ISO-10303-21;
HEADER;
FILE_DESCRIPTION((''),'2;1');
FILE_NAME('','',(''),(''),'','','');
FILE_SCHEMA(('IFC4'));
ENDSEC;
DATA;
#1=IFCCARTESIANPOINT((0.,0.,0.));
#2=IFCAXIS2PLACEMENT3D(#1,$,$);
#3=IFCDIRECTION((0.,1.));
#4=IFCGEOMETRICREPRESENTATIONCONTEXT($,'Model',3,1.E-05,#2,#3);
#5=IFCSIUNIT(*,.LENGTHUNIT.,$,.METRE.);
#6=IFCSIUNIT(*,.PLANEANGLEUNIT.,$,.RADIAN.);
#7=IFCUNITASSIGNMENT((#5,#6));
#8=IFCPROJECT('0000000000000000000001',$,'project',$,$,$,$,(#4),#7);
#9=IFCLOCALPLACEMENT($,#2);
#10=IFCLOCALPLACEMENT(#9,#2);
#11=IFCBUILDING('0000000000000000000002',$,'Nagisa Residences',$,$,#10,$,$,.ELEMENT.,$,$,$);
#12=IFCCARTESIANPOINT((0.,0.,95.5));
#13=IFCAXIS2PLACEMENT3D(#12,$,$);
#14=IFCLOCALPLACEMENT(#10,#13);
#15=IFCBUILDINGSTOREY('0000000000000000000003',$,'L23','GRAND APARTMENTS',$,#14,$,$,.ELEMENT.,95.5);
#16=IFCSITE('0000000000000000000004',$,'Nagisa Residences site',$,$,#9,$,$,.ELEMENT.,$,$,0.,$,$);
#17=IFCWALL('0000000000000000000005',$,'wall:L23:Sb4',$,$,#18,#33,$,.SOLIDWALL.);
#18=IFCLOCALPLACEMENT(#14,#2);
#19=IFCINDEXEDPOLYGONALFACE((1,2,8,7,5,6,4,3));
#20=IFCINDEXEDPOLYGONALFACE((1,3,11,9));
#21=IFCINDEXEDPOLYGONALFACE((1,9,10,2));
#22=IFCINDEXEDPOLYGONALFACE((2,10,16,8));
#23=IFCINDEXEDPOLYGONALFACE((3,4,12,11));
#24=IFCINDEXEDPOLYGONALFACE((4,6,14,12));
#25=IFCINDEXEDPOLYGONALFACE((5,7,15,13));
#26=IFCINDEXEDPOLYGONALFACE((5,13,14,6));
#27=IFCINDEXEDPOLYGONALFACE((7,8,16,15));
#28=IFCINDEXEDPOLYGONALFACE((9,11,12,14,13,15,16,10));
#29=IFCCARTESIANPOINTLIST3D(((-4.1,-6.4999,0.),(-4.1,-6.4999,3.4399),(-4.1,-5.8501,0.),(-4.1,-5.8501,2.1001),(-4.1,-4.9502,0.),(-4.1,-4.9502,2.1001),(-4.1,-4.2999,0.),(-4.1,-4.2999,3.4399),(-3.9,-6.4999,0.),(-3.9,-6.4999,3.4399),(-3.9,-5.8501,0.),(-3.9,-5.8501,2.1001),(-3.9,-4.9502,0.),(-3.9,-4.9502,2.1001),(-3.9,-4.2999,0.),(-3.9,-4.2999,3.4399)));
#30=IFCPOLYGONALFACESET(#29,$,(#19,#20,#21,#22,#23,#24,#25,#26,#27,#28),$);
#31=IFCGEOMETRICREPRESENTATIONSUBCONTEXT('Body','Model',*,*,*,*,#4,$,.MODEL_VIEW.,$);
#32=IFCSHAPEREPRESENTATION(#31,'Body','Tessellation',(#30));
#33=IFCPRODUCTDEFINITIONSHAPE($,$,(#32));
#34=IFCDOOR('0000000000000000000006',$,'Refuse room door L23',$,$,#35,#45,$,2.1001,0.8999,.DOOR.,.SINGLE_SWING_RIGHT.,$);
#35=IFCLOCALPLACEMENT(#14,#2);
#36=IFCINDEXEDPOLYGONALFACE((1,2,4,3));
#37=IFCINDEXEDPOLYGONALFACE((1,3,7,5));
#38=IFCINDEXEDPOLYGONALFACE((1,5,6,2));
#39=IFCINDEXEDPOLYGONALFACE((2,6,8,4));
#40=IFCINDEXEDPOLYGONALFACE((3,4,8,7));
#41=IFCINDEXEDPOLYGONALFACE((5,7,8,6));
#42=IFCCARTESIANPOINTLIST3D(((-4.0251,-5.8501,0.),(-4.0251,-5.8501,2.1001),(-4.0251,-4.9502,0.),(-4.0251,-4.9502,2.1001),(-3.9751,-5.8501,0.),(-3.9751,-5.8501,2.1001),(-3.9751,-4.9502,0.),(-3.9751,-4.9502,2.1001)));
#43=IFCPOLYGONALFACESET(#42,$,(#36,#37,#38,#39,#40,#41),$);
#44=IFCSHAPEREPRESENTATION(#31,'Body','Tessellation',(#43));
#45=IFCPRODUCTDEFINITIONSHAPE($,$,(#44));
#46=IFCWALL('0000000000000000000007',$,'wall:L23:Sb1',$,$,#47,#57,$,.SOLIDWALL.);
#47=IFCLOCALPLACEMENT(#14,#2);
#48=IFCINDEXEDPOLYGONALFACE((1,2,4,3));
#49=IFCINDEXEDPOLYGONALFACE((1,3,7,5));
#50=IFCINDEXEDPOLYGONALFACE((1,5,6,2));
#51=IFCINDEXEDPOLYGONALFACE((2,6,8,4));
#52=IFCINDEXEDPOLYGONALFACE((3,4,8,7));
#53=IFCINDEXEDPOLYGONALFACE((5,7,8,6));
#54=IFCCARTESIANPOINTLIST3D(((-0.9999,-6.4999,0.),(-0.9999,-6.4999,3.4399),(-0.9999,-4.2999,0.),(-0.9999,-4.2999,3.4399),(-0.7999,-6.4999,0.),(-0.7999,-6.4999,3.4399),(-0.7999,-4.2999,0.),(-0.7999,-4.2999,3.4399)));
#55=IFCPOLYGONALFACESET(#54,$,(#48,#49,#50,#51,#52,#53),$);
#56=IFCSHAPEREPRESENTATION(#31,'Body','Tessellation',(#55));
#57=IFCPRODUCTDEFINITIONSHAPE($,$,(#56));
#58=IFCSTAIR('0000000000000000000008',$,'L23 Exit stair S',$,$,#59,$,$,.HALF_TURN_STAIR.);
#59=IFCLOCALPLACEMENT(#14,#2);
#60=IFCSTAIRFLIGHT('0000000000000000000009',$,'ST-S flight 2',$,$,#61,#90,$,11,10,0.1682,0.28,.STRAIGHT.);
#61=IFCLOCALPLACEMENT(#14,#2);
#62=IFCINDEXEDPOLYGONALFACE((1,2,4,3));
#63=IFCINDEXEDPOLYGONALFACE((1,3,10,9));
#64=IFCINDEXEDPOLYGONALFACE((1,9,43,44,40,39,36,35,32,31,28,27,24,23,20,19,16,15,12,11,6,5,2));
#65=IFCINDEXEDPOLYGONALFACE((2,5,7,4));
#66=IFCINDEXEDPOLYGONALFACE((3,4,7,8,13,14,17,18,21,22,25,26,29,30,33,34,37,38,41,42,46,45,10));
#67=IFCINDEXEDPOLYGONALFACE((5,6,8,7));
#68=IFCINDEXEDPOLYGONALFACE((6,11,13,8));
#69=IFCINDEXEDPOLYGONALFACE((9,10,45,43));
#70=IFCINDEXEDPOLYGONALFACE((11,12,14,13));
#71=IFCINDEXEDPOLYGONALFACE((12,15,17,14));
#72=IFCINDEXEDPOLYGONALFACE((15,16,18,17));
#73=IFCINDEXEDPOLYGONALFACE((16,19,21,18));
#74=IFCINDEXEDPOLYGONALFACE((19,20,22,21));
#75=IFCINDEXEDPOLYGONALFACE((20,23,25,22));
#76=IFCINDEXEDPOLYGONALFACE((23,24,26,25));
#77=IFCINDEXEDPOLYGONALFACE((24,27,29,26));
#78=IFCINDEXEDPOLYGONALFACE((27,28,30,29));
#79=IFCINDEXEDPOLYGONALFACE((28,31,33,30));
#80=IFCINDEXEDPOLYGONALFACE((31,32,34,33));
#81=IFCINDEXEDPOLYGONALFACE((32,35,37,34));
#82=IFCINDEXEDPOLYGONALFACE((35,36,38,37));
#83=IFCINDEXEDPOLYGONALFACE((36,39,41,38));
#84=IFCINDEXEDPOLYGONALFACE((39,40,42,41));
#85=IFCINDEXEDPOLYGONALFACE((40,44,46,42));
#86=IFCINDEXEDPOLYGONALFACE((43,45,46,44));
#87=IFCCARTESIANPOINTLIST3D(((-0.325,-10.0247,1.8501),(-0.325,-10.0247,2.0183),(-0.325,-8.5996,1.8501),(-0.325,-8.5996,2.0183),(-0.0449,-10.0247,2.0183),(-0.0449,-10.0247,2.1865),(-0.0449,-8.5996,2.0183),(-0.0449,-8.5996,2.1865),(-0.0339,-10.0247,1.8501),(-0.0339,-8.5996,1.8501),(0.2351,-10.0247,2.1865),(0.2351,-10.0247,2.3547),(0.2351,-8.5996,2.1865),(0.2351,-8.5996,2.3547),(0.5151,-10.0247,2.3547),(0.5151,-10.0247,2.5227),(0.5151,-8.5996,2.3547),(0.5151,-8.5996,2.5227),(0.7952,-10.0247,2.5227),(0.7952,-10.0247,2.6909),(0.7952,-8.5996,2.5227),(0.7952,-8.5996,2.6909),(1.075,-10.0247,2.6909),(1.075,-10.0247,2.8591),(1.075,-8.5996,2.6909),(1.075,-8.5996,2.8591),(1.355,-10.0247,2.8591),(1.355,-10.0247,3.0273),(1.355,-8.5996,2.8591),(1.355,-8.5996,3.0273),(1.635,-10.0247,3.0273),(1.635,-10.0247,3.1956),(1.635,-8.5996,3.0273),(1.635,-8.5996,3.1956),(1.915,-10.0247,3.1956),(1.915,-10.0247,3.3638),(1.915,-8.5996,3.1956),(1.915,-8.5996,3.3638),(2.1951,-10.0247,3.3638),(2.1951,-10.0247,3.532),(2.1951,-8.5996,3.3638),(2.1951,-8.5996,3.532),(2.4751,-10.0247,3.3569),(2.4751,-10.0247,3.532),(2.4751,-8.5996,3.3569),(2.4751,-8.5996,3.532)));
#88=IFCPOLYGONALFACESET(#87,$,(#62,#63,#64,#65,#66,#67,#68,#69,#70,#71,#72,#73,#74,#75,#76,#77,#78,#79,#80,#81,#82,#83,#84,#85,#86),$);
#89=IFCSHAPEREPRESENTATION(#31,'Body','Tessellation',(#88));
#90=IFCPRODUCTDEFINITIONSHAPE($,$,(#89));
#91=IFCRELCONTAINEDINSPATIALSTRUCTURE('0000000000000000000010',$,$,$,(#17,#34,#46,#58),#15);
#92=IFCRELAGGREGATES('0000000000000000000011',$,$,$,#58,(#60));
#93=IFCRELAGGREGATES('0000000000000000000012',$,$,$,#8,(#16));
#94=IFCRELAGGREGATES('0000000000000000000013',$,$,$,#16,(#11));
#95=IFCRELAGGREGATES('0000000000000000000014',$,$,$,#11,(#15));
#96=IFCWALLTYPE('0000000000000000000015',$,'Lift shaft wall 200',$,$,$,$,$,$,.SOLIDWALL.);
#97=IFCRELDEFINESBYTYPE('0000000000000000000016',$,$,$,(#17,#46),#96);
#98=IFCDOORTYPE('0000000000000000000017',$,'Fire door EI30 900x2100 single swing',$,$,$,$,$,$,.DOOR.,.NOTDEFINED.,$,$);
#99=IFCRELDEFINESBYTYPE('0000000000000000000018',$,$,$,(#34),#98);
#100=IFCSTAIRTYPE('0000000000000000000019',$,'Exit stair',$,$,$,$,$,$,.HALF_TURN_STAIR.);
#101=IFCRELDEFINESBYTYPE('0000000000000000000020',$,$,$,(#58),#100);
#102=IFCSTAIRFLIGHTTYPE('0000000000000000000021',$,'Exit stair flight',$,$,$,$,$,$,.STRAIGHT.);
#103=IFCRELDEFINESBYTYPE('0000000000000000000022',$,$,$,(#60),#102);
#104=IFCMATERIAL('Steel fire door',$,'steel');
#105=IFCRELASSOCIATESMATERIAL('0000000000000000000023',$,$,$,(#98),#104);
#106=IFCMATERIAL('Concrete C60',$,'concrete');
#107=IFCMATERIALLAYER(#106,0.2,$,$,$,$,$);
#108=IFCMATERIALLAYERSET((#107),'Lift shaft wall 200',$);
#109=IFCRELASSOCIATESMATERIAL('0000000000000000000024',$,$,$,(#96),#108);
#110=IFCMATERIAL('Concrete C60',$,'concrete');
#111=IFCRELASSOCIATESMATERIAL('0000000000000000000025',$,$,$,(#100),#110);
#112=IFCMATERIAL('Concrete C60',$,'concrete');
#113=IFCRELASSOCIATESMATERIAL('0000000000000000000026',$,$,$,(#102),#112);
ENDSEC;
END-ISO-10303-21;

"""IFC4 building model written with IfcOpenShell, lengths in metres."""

from ifc_helpers import new_model, si_unit, direction, frame, frame_2d, origin, place, context, subcontext, project, spatial, polyline, rectangle, outline, extrude, material, layer, layer_set, type_object, element, fill, aggregate, save


model = new_model("IFC4")

# Units and contexts
model_context = context("Model", 3, precision=1e-05, world=origin(), true_north=direction((0.0, 1.0)))
body_context = subcontext(model_context, "Body", "Model", "MODEL_VIEW")
ifc_project = project(units=[si_unit("LENGTHUNIT", "METRE"), si_unit("PLANEANGLEUNIT", "RADIAN")], contexts=[model_context])

# Site, building, storey
site_placement = place(None, origin())
site = spatial("IfcSite", under=ifc_project, at=site_placement, Name="Nagisa Residences site", CompositionType="ELEMENT", RefElevation=0.0)
building_placement = place(site_placement, origin())
building = spatial("IfcBuilding", under=site, at=building_placement, Name="Nagisa Residences", CompositionType="ELEMENT")
storey_placement = place(building_placement, frame((0.0, 0.0, 95.5)))
storey = spatial("IfcBuildingStorey", under=building, at=storey_placement, Name="L23", Description="GRAND APARTMENTS", CompositionType="ELEMENT", Elevation=95.5)

# Shared definitions
ifc_material_1 = material(Name="Steel fire door", Category="steel")
door_type_1 = type_object("IfcDoorType", Name="Fire door EI30 900x2100 single swing", OperationType="NOTDEFINED", PredefinedType="DOOR", material=ifc_material_1)

# Wall, opening, door
ifc_material_2 = material(Name="Concrete C60", Category="concrete")
ifc_layer_1 = layer(ifc_material_2, 0.2)
ifc_layer_set_1 = layer_set([ifc_layer_1], Name="Lift shaft wall 200")
wall_type_1 = type_object("IfcWallType", Name="Lift shaft wall 200", PredefinedType="SOLIDWALL", material=ifc_layer_set_1)
wall_1_placement = place(storey_placement, frame((-4.0, -6.5, 0.0), z_axis=(0.0, 0.0, 1.0), x_axis=(0.0, 1.0, 0.0)))
wall_1 = element("IfcWall", 1, at=wall_1_placement, inside=storey, type_object=wall_type_1, Name="wall:L23:Sb4", PredefinedType="SOLIDWALL", context=body_context, shape_type="SweptSolid", body=[
    extrude(rectangle(XDim=2.2, YDim=0.2, at=frame_2d((1.1001, 0.0))), origin(), (0.0, 0.0, 1.0), 3.4399),
])
opening_1_placement = place(wall_1_placement, frame((0.6499, 0.0, 0.0)))
opening_1 = element("IfcOpeningElement", 2, at=opening_1_placement, cuts=wall_1, PredefinedType="OPENING", context=body_context, shape_type="SweptSolid", body=[
    extrude(rectangle(XDim=0.8999, YDim=2.1001, at=frame_2d((0.45, 1.05))), frame((0.0, 0.1099, 0.0), z_axis=(0.0, -1.0, 0.0), x_axis=(1.0, 0.0, 0.0)), (0.0, 0.0, 1.0), 0.22),
])
door_1_placement = place(opening_1_placement, frame((0.8999, 0.0, 0.0), x_axis=(-1.0, 0.0, 0.0)))
door_1 = element("IfcDoor", 3, at=door_1_placement, inside=storey, type_object=door_type_1, Name="Refuse room door L23", OperationType="SINGLE_SWING_RIGHT", OverallHeight=2.1001, OverallWidth=0.8999, PredefinedType="DOOR", context=body_context, shape_type="SweptSolid", body=[
    extrude(rectangle(XDim=0.8999, YDim=2.1001, at=frame_2d((0.45, 1.05))), frame((0.0, 0.0249, 0.0), z_axis=(0.0, -1.0, 0.0), x_axis=(1.0, 0.0, 0.0)), (0.0, 0.0, 1.0), 0.05),
])
fill(opening_1, door_1)

# Wall
wall_2_placement = place(storey_placement, frame((-0.8999, -6.5, 0.0), z_axis=(0.0, 0.0, 1.0), x_axis=(0.0, 1.0, 0.0)))
element("IfcWall", 4, at=wall_2_placement, inside=storey, type_object=wall_type_1, Name="wall:L23:Sb1", PredefinedType="SOLIDWALL", context=body_context, shape_type="SweptSolid", body=[
    extrude(rectangle(XDim=2.2, YDim=0.2, at=frame_2d((1.1001, 0.0))), origin(), (0.0, 0.0, 1.0), 3.4399),
])

# Stair, stair flight
ifc_material_3 = material(Name="Concrete C60", Category="concrete")
stair_type = type_object("IfcStairType", Name="Exit stair", PredefinedType="HALF_TURN_STAIR", material=ifc_material_3)
stair_placement = place(storey_placement, origin())
stair = element("IfcStair", 5, at=stair_placement, inside=storey, type_object=stair_type, Name="L23 Exit stair S", PredefinedType="HALF_TURN_STAIR")
ifc_material_4 = material(Name="Concrete C60", Category="concrete")
stair_flight_type = type_object("IfcStairFlightType", Name="Exit stair flight", PredefinedType="STRAIGHT", material=ifc_material_4)
stair_flight_placement = place(storey_placement, frame((-0.325, -9.312, 1.8501), z_axis=(0.0, 0.0, 1.0), x_axis=(1.0, 0.0, 0.0)))
stair_flight = element("IfcStairFlight", 6, at=stair_flight_placement, type_object=stair_flight_type, Name="ST-S flight 2", NumberOfRisers=11, NumberOfTreads=10, PredefinedType="STRAIGHT", RiserHeight=0.1682, TreadLength=0.28, context=body_context, shape_type="SweptSolid", body=[
    extrude(outline(polyline([(0.0, 0.0), (0.0, 0.1682), (0.28, 0.1682), (0.28, 0.3364), (0.5601, 0.3364), (0.5601, 0.5046), (0.8401, 0.5046), (0.8401, 0.6726), (1.1201, 0.6726), (1.1201, 0.8408), (1.3999, 0.8408), (1.3999, 1.009), (1.6799, 1.009), (1.6799, 1.1772), (1.96, 1.1772), (1.96, 1.3455), (2.24, 1.3455), (2.24, 1.5137), (2.52, 1.5137), (2.52, 1.6819), (2.8, 1.6819), (2.8, 1.8501), (2.8, 1.5068), (0.291, 0.0), (0.0, 0.0)])), frame((0.0, 0.7124, 0.0), z_axis=(0.0, -1.0, 0.0), x_axis=(1.0, 0.0, 0.0)), (0.0, 0.0, 1.0), 1.425),
])
aggregate(stair, [stair_flight])

save(model, "model.ifc")
